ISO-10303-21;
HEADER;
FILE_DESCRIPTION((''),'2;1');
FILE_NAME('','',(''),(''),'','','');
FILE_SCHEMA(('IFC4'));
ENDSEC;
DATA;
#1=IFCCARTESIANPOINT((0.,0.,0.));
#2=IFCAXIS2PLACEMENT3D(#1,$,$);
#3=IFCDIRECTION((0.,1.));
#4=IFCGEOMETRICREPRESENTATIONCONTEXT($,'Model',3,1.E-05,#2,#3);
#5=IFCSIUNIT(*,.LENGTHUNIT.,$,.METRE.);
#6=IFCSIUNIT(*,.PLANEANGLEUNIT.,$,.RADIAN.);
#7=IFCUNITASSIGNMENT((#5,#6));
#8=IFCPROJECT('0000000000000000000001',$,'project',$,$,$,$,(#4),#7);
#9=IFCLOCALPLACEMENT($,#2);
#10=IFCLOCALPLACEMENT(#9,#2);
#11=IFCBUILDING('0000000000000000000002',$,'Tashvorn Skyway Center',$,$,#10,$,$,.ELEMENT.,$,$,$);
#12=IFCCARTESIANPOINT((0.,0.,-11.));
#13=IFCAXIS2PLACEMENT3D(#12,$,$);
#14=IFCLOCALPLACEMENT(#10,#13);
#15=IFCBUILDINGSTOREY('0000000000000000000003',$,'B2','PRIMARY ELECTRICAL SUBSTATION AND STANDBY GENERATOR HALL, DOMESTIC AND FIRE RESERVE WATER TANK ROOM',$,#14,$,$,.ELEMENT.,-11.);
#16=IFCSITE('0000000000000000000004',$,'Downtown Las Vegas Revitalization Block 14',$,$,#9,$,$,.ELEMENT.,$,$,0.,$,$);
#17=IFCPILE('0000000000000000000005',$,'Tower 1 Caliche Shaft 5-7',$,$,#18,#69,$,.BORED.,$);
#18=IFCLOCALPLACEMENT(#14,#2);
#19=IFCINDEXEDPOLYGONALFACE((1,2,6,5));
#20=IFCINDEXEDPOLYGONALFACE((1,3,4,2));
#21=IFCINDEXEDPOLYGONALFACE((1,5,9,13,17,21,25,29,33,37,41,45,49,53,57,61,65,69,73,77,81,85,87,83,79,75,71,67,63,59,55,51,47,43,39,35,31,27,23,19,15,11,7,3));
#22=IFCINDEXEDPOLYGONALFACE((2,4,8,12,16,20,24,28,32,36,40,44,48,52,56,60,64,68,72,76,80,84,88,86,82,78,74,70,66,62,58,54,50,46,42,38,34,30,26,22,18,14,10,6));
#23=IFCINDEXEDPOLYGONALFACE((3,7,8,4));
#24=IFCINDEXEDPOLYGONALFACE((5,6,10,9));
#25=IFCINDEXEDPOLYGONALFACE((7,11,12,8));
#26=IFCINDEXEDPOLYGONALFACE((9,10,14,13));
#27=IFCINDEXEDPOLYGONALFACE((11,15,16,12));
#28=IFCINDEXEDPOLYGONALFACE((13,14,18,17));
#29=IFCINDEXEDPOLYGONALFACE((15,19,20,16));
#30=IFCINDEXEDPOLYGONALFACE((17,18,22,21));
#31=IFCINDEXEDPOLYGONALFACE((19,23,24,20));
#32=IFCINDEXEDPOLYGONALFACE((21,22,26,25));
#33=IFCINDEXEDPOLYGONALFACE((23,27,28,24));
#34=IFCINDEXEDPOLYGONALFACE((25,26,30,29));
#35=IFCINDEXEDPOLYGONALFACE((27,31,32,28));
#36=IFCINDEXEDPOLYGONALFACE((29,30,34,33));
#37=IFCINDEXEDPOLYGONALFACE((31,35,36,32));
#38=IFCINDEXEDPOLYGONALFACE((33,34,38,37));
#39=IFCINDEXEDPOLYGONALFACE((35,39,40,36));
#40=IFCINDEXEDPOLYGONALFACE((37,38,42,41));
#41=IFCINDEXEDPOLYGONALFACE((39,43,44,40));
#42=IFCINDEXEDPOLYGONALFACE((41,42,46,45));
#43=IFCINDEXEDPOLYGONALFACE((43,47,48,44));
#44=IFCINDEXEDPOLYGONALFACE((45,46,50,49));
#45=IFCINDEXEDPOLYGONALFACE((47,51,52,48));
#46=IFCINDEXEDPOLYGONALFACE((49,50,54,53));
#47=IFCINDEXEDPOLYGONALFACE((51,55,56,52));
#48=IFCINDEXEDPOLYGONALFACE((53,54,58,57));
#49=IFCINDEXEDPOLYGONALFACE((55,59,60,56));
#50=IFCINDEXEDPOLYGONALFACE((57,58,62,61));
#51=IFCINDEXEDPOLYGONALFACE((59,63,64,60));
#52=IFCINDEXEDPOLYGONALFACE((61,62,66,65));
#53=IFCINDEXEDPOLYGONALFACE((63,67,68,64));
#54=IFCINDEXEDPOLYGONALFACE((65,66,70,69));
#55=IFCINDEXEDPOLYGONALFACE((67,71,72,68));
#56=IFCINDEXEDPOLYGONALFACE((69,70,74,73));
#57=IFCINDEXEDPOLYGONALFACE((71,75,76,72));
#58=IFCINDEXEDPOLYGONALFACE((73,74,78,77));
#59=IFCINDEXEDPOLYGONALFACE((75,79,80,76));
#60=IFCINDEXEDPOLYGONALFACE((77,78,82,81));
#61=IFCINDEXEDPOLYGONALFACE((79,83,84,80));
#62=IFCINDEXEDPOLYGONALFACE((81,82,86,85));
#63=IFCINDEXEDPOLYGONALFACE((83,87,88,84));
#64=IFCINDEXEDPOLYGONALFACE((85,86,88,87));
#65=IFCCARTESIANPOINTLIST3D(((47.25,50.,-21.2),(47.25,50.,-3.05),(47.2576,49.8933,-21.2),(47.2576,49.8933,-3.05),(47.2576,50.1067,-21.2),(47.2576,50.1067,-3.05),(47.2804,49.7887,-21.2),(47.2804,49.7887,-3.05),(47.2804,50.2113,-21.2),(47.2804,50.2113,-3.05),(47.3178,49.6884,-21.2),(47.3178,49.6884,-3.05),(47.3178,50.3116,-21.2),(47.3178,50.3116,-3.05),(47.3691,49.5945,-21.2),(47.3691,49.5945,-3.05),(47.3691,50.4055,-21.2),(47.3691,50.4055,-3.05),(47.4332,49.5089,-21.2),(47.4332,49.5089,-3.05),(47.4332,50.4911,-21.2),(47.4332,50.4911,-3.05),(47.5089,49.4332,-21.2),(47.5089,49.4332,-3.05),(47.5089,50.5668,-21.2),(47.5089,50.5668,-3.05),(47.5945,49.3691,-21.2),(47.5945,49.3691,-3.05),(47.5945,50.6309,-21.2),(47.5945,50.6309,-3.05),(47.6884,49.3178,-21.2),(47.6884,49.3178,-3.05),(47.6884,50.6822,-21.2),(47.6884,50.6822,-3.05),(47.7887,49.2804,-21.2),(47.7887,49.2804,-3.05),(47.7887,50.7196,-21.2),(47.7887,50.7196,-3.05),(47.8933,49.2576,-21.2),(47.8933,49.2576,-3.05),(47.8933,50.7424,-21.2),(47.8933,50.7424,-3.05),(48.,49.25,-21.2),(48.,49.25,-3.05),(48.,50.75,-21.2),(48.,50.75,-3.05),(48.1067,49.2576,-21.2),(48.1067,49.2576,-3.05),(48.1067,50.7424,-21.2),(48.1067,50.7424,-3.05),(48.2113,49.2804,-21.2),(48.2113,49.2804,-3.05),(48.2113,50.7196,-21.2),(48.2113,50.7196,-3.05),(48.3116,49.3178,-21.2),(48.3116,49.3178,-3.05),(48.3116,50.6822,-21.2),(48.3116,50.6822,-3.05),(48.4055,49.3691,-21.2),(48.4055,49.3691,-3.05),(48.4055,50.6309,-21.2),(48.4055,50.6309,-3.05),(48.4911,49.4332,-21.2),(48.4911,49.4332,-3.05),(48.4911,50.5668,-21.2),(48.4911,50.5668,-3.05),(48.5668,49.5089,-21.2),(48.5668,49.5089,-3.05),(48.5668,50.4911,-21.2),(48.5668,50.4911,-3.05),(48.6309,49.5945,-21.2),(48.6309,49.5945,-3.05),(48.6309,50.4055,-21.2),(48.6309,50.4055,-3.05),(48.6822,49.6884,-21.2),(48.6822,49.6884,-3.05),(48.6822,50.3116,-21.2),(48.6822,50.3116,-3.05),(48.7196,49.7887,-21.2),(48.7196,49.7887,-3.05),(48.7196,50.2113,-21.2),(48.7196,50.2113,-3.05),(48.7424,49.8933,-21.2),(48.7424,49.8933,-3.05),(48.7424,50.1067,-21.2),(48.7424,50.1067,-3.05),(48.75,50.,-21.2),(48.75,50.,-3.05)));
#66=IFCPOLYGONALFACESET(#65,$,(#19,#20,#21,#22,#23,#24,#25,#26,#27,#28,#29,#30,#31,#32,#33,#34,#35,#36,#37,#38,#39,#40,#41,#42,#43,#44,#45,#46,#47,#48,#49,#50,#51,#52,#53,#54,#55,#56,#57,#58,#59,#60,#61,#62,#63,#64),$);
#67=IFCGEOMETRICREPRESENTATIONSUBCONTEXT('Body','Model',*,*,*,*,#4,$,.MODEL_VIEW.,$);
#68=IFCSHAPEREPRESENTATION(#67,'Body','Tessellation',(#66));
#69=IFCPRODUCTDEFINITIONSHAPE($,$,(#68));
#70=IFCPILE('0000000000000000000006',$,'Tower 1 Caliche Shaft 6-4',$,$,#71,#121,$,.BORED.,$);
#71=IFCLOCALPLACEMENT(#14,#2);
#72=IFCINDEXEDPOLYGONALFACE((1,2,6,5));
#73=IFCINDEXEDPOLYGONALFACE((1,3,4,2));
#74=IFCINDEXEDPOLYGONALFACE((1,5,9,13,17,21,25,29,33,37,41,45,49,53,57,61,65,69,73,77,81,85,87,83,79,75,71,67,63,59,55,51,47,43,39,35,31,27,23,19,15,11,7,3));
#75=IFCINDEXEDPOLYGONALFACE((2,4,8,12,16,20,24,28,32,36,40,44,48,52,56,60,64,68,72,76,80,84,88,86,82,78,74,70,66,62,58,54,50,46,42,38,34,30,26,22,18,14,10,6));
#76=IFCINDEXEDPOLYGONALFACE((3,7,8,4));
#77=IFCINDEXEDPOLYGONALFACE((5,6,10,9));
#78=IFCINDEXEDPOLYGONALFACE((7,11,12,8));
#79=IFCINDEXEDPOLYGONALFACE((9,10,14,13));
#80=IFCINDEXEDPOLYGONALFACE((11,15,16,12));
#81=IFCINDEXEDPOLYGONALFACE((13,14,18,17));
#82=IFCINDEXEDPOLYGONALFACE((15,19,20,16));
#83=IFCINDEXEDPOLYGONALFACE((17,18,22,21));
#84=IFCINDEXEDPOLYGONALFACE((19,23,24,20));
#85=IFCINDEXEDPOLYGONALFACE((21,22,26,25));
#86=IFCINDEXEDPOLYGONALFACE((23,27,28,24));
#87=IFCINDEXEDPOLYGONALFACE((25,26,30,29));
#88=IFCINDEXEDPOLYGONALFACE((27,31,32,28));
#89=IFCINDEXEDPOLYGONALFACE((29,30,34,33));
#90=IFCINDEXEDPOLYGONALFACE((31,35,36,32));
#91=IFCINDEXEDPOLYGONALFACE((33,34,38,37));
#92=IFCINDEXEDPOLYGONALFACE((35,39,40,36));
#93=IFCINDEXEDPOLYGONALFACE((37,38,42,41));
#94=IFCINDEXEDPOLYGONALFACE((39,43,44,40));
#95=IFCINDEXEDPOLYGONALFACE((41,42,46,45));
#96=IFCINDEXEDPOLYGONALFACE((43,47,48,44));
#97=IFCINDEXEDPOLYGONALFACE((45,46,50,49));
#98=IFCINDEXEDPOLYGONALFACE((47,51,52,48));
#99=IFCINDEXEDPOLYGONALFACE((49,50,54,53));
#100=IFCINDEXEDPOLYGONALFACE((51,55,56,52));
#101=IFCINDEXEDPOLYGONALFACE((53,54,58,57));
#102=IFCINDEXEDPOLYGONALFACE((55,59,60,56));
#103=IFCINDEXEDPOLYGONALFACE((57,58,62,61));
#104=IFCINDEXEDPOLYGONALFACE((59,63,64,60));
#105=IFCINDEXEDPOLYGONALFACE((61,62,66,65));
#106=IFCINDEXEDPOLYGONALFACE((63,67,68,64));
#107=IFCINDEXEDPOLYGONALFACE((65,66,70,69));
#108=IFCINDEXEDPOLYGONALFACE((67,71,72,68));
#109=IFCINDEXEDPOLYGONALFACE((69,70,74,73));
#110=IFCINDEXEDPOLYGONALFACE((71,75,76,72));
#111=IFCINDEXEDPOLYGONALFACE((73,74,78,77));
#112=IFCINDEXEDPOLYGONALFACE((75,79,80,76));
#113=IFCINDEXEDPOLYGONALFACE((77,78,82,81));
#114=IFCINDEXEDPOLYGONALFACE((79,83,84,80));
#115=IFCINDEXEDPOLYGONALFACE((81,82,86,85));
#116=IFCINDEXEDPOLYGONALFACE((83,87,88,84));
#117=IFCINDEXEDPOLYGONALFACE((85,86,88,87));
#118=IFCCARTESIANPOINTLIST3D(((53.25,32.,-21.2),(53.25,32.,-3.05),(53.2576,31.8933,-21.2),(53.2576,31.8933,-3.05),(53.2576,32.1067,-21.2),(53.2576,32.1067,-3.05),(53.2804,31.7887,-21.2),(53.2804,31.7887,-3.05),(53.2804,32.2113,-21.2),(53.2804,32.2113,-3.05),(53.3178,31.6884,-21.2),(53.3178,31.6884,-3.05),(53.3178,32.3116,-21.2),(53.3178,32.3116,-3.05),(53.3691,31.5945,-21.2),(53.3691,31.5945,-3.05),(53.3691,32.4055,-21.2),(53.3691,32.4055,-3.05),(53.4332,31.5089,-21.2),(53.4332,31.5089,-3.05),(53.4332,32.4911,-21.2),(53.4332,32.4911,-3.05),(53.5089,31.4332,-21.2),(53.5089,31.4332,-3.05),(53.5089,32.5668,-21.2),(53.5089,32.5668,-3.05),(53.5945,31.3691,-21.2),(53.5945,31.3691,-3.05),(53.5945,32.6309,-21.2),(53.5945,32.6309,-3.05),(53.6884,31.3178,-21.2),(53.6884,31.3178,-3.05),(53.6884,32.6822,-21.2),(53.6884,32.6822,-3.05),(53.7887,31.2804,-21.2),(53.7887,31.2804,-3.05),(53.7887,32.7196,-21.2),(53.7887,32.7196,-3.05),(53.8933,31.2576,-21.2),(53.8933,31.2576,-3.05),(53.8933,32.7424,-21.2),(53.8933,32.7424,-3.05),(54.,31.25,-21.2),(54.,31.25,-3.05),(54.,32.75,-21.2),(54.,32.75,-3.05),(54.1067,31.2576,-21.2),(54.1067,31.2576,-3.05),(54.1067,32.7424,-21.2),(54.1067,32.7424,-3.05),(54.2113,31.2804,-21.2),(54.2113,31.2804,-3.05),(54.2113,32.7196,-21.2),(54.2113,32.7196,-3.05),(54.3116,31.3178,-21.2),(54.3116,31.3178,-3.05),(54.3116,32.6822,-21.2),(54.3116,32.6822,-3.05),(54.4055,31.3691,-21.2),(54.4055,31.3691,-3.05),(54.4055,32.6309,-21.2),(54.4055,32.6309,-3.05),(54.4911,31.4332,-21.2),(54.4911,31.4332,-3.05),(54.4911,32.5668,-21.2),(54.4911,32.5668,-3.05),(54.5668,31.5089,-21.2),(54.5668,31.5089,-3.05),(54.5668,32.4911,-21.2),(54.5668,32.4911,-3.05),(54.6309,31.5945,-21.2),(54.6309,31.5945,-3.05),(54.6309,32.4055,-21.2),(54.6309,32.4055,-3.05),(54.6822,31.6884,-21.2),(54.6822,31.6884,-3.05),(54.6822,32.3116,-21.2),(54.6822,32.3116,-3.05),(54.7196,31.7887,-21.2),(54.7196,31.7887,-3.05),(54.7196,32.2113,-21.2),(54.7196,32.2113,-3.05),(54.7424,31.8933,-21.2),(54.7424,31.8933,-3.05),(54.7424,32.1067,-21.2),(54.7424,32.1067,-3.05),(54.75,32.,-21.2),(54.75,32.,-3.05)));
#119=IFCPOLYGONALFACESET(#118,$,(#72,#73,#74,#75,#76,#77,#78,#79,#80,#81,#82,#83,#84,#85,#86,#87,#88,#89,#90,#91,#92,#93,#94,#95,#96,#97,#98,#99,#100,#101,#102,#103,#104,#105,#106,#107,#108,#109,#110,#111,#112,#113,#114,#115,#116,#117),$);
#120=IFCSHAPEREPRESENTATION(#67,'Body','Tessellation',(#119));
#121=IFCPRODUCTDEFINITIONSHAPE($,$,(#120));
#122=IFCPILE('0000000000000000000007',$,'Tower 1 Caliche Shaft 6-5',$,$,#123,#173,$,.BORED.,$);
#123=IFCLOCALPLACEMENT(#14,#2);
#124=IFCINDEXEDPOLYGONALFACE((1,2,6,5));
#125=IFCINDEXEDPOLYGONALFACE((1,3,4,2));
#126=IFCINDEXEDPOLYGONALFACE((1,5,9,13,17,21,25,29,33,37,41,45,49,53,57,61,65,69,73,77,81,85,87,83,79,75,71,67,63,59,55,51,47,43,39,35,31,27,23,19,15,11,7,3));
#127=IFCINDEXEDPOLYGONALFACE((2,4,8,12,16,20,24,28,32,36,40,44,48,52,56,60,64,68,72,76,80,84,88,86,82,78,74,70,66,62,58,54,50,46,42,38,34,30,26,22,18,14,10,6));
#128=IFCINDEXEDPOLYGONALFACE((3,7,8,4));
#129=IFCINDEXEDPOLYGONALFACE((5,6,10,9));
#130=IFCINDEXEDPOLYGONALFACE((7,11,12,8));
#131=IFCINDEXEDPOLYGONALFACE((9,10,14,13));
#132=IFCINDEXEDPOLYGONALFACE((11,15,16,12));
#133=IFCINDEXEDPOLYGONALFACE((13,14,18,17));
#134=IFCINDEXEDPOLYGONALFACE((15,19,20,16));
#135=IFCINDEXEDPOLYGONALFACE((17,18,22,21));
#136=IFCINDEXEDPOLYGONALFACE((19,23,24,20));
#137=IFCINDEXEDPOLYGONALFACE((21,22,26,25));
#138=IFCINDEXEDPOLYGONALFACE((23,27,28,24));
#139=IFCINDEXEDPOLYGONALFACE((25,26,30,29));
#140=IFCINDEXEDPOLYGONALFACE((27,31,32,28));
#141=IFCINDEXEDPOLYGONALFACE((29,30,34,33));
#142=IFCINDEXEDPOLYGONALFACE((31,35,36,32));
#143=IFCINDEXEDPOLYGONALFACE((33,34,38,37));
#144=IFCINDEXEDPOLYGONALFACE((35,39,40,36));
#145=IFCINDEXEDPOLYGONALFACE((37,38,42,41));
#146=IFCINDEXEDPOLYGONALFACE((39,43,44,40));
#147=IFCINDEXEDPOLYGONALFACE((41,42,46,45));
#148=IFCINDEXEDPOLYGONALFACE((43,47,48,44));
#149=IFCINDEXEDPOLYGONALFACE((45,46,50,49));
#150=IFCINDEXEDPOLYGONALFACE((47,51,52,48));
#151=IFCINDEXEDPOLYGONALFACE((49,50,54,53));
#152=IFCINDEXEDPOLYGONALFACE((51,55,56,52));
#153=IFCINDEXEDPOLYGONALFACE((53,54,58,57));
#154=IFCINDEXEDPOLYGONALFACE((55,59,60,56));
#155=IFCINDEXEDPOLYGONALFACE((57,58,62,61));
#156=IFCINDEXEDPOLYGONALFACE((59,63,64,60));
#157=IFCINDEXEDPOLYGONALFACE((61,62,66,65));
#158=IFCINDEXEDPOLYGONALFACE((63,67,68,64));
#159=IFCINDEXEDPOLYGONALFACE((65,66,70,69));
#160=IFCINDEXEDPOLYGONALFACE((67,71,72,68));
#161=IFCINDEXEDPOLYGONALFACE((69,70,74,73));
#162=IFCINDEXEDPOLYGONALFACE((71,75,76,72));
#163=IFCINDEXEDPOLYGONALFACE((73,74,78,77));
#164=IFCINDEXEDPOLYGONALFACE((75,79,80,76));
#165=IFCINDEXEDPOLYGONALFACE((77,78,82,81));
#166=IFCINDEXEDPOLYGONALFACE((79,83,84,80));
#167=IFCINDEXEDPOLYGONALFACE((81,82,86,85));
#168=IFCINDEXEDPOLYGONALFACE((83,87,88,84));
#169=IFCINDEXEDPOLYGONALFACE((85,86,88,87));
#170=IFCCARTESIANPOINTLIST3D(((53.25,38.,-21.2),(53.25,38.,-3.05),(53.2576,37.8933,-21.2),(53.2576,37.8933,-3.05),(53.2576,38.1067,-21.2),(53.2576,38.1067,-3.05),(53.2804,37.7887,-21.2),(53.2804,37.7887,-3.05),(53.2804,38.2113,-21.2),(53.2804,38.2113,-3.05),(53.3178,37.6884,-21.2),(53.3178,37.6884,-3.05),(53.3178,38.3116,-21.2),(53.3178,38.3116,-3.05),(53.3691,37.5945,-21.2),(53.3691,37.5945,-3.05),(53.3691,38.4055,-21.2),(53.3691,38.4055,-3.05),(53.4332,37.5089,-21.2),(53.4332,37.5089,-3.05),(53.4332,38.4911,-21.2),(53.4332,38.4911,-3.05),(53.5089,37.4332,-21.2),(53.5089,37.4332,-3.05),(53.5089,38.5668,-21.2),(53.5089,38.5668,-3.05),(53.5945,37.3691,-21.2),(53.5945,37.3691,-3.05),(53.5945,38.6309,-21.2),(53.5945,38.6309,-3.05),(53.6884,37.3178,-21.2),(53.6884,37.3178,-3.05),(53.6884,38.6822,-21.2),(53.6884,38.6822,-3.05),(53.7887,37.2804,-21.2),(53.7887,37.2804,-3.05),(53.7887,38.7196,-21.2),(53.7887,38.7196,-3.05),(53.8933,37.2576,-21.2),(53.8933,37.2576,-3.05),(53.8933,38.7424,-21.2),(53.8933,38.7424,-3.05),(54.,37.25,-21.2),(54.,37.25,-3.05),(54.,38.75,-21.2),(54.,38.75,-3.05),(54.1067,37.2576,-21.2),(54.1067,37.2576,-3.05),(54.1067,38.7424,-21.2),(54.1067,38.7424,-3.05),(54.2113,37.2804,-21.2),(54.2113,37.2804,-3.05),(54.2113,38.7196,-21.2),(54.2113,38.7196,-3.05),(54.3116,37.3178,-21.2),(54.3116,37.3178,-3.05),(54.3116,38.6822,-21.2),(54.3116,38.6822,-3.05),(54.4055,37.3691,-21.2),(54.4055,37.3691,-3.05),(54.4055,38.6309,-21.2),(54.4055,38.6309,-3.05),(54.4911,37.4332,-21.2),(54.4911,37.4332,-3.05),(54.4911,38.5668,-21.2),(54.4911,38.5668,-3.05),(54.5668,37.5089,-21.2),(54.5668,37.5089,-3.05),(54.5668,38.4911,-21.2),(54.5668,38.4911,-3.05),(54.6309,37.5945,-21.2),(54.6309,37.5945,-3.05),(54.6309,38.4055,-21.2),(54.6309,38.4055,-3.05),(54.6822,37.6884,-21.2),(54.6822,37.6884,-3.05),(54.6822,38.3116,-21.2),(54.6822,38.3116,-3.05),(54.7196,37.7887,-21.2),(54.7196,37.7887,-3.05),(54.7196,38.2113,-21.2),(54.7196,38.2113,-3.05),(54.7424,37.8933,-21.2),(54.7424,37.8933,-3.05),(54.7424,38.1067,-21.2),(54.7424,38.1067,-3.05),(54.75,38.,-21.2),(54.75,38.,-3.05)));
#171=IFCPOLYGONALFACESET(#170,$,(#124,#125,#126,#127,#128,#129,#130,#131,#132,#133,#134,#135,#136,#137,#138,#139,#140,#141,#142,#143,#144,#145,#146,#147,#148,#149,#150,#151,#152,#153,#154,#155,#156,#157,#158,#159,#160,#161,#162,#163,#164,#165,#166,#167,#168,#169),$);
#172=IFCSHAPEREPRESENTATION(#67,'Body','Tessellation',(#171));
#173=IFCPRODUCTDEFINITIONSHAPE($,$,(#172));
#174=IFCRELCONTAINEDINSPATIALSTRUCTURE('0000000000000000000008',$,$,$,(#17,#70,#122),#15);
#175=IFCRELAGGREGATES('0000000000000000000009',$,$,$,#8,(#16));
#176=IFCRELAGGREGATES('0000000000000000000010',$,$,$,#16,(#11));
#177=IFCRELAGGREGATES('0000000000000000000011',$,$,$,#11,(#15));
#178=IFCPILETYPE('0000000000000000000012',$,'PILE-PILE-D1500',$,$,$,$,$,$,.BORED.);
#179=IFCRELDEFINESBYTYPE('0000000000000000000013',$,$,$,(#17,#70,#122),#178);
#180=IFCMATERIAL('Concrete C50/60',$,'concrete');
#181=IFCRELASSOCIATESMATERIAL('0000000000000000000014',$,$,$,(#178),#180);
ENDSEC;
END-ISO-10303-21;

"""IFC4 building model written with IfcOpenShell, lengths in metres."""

from ifc_helpers import new_model, si_unit, direction, frame, origin, origin_2d, place, context, subcontext, project, spatial, circle, extrude, material, material_profile, profile_set, type_object, element, save


model = new_model("IFC4")

# Units and contexts
model_context = context("Model", 3, precision=1e-05, world=origin(), true_north=direction((0.0, 1.0)))
body_context = subcontext(model_context, "Body", "Model", "MODEL_VIEW")
ifc_project = project(units=[si_unit("LENGTHUNIT", "METRE"), si_unit("PLANEANGLEUNIT", "RADIAN")], contexts=[model_context])

# Site, building, storey
site_placement = place(None, origin())
site = spatial("IfcSite", under=ifc_project, at=site_placement, Name="Downtown Las Vegas Revitalization Block 14", CompositionType="ELEMENT", RefElevation=0.0)
building_placement = place(site_placement, origin())
building = spatial("IfcBuilding", under=site, at=building_placement, Name="Tashvorn Skyway Center", CompositionType="ELEMENT")
storey_placement = place(building_placement, frame((0.0, 0.0, -11.0)))
storey = spatial("IfcBuildingStorey", under=building, at=storey_placement, Name="B2", Description="PRIMARY ELECTRICAL SUBSTATION AND STANDBY GENERATOR HALL, DOMESTIC AND FIRE RESERVE WATER TANK ROOM", CompositionType="ELEMENT", Elevation=-11.0)

# Piles
ifc_material_1 = material(Name="Concrete C50/60", Category="concrete")
ifc_material_profile_1 = material_profile(ifc_material_1, circle(Radius=0.75, at=origin_2d()), Name="PILE-D1500")
ifc_profile_set_1 = profile_set([ifc_material_profile_1], Name="Concrete C50/60")
pile_type = type_object("IfcPileType", Name="PILE-PILE-D1500", PredefinedType="BORED", material=ifc_profile_set_1)
for number, where, z_axis, x_axis, name in (
    (1, (48.0, 50.0, -3.05), (0.0, 0.0, -1.0), (1.0, 0.0, 0.0), "Tower 1 Caliche Shaft 5-7"),
    (2, (54.0, 32.0, -3.05), (0.0, 0.0, -1.0), (1.0, 0.0, 0.0), "Tower 1 Caliche Shaft 6-4"),
    (3, (54.0, 38.0, -3.05), (0.0, 0.0, -1.0), (1.0, 0.0, 0.0), "Tower 1 Caliche Shaft 6-5"),
):
    element("IfcPile", number, at=place(storey_placement, frame(where, z_axis=z_axis, x_axis=x_axis)), inside=storey, type_object=pile_type, Name=name, PredefinedType="BORED", context=body_context, shape_type="SweptSolid", body=[
        extrude(circle(Radius=0.75, at=origin_2d()), origin(), (0.0, 0.0, 1.0), 18.1499),
    ])

save(model, "model.ifc")
